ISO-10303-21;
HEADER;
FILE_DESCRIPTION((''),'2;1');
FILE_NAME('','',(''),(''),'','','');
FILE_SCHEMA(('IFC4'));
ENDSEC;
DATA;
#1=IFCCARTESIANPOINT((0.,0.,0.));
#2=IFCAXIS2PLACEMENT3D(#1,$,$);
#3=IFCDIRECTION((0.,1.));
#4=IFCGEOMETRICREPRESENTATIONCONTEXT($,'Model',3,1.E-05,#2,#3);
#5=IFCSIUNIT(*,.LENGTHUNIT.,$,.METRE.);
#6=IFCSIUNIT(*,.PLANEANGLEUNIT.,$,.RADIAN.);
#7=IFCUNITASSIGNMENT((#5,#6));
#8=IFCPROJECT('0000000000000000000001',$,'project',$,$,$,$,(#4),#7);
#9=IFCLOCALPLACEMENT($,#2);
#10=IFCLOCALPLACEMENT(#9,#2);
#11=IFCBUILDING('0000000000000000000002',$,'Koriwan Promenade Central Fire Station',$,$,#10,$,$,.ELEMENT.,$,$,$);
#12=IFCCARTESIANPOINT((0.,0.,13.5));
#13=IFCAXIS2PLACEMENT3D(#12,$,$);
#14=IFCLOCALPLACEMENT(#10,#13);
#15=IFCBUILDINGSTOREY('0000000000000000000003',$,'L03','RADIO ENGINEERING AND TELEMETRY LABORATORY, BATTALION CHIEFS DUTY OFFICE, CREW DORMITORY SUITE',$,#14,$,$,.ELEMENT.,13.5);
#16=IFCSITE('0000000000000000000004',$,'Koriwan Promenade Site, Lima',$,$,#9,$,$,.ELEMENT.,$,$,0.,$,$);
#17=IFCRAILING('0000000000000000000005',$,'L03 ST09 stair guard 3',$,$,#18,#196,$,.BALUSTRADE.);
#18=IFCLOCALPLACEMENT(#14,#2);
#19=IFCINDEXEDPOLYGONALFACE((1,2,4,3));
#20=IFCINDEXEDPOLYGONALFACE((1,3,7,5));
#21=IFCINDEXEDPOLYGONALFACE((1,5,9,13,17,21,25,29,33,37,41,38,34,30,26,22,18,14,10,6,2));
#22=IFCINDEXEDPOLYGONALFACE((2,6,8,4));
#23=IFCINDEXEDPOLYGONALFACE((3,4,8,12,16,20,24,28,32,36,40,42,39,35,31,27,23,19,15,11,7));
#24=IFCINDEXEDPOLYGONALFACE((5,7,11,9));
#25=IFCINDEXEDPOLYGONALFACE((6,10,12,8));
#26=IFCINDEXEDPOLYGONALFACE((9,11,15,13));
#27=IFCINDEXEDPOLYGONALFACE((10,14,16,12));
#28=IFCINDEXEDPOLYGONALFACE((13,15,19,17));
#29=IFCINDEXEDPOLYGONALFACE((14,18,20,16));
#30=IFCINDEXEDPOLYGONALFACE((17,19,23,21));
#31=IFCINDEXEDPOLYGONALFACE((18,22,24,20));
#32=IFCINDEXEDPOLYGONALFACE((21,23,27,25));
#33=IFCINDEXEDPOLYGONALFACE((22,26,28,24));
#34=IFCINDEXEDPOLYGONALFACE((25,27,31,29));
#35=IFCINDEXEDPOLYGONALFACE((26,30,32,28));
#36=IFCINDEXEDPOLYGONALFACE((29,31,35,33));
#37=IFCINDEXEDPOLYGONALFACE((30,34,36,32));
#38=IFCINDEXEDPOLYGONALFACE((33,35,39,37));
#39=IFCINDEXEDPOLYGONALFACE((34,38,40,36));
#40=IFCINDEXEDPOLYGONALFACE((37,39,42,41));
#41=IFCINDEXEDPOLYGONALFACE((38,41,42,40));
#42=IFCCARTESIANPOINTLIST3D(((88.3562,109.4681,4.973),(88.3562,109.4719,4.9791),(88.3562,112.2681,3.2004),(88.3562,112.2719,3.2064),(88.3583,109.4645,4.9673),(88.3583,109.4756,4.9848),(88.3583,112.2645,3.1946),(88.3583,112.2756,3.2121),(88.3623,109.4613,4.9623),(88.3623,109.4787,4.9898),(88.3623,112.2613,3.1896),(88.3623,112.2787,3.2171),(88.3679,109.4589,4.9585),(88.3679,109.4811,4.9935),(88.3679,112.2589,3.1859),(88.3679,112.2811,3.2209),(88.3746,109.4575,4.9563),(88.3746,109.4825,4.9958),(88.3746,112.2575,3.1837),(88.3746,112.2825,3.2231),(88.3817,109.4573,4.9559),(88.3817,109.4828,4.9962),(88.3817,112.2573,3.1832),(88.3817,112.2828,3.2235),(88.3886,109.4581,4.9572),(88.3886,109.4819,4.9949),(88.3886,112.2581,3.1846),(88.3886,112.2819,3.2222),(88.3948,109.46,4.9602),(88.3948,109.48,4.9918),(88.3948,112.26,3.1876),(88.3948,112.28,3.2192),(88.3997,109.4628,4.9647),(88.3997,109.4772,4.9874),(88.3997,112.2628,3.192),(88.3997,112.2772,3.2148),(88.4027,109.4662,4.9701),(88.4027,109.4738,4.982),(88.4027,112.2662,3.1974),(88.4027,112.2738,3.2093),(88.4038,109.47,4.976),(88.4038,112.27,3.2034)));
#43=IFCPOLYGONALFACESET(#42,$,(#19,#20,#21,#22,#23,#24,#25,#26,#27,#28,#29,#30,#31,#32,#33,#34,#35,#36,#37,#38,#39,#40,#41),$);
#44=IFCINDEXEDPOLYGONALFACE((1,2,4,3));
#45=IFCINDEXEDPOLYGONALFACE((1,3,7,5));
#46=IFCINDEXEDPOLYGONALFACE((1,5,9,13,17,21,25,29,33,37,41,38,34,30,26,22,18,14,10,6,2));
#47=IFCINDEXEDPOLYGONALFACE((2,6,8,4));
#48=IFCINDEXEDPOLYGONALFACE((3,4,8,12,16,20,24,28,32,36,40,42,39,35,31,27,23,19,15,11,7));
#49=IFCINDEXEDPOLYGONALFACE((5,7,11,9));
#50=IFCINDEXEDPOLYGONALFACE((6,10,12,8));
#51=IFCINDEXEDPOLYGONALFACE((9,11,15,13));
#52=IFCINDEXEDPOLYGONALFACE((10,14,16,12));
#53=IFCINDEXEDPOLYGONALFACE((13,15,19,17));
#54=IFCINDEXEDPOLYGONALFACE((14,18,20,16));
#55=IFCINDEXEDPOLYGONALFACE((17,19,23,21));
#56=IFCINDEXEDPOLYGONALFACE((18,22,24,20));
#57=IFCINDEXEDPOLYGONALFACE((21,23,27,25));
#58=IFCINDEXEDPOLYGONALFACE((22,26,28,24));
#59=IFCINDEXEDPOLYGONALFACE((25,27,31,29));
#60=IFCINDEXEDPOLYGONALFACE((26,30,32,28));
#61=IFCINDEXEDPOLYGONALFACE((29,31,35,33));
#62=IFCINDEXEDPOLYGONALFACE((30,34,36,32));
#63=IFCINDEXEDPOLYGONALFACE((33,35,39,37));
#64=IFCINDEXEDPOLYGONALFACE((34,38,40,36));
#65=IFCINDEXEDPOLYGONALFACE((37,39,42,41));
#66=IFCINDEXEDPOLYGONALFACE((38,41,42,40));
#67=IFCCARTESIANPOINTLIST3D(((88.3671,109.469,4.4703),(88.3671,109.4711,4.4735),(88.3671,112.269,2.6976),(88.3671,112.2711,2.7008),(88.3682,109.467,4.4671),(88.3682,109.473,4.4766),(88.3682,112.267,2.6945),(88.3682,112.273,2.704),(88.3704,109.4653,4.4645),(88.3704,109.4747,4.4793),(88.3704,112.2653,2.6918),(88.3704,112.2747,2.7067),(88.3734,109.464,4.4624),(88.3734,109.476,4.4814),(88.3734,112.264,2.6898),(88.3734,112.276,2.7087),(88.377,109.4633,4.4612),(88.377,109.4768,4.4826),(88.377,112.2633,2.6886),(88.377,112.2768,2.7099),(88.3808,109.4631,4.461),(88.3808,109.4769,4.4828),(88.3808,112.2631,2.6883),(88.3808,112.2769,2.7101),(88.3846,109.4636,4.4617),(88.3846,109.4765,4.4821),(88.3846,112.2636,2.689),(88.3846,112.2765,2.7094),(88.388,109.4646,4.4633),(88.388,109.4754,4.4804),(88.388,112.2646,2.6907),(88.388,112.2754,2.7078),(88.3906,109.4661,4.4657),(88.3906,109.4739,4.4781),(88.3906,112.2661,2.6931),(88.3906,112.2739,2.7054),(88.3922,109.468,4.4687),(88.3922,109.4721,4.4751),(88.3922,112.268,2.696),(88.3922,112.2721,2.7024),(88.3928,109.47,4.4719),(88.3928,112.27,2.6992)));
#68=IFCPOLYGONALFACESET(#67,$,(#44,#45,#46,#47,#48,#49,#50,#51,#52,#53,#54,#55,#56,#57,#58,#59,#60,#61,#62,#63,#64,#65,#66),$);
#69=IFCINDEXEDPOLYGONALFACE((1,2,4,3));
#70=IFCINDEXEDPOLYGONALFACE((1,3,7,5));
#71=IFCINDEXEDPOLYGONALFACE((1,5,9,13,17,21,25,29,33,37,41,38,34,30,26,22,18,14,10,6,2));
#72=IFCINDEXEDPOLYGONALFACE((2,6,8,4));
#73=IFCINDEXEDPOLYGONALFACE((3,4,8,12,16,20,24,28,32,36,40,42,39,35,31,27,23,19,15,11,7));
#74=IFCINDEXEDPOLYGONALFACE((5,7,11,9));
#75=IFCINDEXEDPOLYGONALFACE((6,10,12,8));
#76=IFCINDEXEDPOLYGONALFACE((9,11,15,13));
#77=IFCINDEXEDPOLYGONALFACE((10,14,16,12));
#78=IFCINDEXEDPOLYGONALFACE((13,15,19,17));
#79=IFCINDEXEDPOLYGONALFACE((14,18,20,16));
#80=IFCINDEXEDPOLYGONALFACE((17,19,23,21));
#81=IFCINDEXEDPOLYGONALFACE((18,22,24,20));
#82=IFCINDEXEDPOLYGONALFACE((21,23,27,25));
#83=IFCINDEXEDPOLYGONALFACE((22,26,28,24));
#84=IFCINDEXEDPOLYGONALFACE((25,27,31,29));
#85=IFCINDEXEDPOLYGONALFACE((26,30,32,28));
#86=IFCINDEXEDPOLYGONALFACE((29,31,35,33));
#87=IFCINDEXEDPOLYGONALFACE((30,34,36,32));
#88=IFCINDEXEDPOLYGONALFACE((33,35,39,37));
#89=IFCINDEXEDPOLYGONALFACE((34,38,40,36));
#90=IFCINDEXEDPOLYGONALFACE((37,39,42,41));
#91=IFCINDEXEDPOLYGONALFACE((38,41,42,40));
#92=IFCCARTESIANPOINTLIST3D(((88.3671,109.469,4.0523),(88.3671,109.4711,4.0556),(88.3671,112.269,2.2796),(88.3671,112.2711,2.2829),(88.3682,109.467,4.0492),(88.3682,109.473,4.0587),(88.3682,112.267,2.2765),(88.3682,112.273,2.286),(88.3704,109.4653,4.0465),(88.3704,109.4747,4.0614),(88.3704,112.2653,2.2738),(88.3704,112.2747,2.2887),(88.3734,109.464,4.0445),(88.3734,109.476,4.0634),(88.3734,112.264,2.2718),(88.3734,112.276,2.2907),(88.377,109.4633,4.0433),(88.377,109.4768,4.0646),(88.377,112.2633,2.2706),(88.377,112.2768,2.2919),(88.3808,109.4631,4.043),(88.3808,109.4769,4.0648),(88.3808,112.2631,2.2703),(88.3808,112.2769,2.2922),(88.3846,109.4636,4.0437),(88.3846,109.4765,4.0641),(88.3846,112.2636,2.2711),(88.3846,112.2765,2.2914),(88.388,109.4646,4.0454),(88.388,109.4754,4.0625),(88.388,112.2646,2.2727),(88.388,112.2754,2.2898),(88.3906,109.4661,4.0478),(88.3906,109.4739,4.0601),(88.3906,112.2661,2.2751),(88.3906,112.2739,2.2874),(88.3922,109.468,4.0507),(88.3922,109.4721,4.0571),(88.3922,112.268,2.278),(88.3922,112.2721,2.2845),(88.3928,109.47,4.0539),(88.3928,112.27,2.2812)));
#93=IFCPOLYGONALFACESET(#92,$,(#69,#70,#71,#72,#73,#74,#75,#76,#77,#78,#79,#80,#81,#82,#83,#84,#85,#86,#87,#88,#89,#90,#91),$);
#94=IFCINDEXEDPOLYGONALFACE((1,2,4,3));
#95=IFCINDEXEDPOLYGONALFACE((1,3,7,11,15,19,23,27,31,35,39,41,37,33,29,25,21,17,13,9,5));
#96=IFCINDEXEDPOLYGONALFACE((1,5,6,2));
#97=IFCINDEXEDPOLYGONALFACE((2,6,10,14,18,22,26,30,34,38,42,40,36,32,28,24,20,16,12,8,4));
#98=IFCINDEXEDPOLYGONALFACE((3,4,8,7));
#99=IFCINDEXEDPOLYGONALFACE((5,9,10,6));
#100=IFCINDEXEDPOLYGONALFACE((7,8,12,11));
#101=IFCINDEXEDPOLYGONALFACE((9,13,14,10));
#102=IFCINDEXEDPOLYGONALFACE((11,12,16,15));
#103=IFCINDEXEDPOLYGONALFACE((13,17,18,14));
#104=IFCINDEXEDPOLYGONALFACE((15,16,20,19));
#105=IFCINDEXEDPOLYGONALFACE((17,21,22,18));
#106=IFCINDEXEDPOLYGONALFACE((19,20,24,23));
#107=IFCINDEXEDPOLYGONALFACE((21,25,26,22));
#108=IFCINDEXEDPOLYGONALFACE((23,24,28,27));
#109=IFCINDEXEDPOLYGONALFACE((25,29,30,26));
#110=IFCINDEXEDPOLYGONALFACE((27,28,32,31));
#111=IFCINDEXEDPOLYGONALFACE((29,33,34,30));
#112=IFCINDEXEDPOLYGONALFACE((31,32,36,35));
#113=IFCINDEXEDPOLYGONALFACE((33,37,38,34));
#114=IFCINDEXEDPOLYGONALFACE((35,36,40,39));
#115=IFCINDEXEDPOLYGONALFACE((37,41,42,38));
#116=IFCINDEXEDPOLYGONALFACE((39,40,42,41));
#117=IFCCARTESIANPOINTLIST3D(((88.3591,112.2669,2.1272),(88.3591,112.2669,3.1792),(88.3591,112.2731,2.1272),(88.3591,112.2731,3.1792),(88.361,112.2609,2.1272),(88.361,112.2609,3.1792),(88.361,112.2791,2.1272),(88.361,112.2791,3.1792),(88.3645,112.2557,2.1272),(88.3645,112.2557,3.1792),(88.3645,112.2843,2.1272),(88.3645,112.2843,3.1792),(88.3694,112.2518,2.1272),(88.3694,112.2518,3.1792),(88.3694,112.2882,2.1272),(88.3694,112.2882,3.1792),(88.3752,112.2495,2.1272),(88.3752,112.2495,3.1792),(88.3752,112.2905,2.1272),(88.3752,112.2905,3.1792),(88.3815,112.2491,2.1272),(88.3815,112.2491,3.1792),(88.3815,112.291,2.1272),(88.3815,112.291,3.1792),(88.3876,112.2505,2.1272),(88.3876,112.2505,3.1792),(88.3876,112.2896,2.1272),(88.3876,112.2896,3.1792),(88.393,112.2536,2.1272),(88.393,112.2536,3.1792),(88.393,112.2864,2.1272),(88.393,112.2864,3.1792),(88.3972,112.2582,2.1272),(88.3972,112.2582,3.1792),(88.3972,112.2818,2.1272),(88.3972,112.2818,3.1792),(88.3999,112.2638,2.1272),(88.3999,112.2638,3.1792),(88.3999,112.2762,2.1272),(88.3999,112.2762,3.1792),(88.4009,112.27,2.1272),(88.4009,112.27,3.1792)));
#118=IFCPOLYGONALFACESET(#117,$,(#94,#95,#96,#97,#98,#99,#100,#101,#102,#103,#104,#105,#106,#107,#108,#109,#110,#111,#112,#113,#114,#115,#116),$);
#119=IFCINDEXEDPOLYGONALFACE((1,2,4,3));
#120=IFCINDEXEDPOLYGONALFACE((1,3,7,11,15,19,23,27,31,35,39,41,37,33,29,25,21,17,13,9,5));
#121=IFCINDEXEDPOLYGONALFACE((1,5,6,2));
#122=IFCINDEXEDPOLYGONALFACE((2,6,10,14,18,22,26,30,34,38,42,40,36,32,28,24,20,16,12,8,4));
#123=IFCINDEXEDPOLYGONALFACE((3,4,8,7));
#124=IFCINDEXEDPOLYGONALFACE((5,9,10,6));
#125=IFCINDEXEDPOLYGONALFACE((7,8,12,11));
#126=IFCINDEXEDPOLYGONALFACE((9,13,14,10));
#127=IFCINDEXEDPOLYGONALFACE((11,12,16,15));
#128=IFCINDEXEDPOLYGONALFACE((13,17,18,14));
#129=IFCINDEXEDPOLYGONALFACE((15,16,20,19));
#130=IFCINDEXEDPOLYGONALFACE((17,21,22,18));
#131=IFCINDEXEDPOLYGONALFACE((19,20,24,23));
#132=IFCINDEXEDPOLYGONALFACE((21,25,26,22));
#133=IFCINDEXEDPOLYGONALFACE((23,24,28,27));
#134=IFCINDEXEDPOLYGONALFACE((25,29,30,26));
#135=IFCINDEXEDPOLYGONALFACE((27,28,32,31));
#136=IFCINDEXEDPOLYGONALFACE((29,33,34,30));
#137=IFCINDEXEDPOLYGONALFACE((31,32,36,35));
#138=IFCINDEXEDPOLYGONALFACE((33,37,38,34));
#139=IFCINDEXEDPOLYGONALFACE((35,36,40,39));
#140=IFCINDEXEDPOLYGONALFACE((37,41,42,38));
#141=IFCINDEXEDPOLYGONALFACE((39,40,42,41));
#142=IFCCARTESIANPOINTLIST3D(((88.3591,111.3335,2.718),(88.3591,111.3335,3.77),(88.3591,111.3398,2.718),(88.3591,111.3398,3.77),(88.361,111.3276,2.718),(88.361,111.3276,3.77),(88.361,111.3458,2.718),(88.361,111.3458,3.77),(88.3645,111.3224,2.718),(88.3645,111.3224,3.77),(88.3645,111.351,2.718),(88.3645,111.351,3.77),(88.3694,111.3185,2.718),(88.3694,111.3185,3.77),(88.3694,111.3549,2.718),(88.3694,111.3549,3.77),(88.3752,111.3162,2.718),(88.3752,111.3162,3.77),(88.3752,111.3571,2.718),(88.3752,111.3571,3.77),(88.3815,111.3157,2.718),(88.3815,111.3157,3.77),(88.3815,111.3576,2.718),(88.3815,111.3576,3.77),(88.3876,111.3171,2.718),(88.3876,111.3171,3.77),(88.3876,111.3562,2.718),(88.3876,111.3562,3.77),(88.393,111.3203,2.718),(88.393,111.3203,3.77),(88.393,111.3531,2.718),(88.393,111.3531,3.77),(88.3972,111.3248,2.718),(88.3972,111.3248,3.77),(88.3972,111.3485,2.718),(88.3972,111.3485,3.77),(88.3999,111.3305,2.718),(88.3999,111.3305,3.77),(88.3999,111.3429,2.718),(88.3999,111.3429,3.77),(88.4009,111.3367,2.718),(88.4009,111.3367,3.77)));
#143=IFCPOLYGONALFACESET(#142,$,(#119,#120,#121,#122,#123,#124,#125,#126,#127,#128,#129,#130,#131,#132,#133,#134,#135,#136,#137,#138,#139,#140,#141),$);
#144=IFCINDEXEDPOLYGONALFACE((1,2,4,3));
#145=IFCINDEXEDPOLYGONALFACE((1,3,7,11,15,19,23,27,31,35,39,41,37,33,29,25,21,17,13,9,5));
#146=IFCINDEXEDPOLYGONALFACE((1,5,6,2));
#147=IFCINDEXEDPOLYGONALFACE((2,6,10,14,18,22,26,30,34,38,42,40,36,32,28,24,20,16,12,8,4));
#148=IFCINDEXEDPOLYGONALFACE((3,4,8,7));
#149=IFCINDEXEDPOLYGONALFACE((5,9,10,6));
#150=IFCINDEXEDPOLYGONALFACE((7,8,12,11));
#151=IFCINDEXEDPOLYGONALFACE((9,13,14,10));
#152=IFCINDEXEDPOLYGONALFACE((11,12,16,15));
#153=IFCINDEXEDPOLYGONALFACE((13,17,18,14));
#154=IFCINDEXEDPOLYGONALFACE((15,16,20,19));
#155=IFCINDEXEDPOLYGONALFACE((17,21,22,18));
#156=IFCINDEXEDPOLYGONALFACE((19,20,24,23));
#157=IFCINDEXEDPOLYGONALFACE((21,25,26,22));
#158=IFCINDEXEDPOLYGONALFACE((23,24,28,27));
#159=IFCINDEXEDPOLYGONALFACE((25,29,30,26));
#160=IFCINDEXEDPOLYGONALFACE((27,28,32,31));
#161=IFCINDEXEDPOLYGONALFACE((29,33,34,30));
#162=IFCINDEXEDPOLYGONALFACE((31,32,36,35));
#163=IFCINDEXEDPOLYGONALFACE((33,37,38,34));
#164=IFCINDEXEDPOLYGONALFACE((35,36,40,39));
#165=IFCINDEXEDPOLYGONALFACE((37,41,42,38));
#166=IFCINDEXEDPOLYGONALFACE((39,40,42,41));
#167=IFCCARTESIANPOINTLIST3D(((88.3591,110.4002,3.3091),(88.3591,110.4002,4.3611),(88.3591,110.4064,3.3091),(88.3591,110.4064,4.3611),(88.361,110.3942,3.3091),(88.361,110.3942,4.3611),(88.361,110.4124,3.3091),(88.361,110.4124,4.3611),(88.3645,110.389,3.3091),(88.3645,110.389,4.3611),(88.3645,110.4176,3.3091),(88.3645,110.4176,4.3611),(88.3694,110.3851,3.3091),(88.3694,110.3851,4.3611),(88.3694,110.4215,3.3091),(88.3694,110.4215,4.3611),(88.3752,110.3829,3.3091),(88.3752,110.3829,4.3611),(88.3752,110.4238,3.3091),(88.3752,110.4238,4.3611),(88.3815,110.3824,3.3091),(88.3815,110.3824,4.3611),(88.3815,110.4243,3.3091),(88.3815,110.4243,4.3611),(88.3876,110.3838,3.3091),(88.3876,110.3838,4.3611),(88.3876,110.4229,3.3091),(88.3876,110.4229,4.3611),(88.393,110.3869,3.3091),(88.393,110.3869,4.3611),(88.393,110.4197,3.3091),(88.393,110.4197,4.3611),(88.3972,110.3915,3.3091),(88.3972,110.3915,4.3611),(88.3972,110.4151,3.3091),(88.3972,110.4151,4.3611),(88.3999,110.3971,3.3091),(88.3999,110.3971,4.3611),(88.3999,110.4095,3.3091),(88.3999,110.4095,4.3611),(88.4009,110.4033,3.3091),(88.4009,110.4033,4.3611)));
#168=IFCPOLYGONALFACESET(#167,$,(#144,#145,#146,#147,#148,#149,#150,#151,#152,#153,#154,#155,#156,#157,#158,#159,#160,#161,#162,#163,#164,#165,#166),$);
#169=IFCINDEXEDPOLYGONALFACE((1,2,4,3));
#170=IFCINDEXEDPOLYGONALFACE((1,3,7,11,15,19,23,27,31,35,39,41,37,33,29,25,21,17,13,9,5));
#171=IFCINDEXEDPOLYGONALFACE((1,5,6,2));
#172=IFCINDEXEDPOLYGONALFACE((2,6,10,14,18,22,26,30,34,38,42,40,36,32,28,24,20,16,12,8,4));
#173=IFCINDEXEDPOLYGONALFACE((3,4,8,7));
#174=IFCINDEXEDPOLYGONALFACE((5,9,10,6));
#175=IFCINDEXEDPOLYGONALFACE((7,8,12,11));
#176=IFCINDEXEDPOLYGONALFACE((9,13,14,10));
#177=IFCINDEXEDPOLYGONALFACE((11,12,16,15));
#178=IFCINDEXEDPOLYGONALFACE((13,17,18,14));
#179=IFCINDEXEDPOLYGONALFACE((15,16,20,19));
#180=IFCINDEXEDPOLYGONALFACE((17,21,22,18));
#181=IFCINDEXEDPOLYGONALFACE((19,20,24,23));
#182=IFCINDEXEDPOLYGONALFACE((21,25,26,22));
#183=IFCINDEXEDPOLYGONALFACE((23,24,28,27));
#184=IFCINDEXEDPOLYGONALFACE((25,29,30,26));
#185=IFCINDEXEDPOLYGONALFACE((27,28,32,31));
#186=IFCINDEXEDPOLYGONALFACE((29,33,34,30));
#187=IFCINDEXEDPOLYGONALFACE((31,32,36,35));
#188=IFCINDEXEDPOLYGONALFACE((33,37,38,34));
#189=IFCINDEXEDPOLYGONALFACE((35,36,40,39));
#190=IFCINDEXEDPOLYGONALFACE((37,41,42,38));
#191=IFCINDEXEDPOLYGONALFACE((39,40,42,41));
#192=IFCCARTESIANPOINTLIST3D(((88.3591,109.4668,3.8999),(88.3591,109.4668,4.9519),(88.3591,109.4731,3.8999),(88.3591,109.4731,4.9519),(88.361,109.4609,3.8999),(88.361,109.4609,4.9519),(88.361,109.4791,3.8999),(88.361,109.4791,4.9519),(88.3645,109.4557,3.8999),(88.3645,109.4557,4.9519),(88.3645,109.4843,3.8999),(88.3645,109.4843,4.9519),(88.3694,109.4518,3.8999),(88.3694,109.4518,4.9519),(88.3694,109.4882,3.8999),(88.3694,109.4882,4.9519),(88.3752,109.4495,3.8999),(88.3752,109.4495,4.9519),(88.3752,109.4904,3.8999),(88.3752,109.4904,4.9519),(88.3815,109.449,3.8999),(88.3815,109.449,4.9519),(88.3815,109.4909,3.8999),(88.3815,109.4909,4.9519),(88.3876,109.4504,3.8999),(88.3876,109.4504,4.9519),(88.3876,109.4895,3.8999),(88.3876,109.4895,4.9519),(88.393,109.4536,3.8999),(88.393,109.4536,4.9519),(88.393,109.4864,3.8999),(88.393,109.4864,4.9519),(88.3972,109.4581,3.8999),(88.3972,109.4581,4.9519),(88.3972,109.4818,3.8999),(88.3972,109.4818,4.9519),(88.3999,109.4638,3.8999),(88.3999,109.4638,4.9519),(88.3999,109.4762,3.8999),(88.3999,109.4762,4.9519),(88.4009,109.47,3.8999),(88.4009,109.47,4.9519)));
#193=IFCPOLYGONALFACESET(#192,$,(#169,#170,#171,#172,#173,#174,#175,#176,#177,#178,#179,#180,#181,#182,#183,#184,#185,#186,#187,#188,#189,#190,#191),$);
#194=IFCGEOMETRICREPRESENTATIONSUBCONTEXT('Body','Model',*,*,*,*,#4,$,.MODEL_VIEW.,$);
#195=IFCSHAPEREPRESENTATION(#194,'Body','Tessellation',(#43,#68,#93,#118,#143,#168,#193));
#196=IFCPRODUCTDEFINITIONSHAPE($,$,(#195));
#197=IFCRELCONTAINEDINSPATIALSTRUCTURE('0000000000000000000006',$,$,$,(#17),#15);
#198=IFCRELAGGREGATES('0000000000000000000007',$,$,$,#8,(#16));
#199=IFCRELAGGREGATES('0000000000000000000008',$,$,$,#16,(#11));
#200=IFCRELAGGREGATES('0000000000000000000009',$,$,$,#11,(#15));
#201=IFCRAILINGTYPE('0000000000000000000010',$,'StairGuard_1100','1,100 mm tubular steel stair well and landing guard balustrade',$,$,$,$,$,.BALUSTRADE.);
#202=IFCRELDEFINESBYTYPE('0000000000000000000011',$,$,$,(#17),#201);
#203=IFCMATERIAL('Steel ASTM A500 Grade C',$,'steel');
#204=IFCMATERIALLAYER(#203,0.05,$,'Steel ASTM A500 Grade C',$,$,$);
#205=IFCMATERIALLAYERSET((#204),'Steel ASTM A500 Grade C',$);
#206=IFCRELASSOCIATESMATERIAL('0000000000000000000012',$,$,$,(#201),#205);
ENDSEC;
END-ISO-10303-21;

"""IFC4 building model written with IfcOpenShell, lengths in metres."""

from ifc_helpers import new_model, si_unit, direction, frame, origin, origin_2d, place, context, subcontext, project, spatial, circle, extrude, material, layer, layer_set, type_object, element, save


model = new_model("IFC4")

# Units and contexts
model_context = context("Model", 3, precision=1e-05, world=origin(), true_north=direction((0.0, 1.0)))
body_context = subcontext(model_context, "Body", "Model", "MODEL_VIEW")
ifc_project = project(units=[si_unit("LENGTHUNIT", "METRE"), si_unit("PLANEANGLEUNIT", "RADIAN")], contexts=[model_context])

# Site, building, storey
site_placement = place(None, origin())
site = spatial("IfcSite", under=ifc_project, at=site_placement, Name="Koriwan Promenade Site, Lima", CompositionType="ELEMENT", RefElevation=0.0)
building_placement = place(site_placement, origin())
building = spatial("IfcBuilding", under=site, at=building_placement, Name="Koriwan Promenade Central Fire Station", CompositionType="ELEMENT")
storey_placement = place(building_placement, frame((0.0, 0.0, 13.5)))
storey = spatial("IfcBuildingStorey", under=building, at=storey_placement, Name="L03", Description="RADIO ENGINEERING AND TELEMETRY LABORATORY, BATTALION CHIEFS DUTY OFFICE, CREW DORMITORY SUITE", CompositionType="ELEMENT", Elevation=13.5)

# Railing
ifc_material_1 = material(Name="Steel ASTM A500 Grade C", Category="steel")
ifc_layer_1 = layer(ifc_material_1, 0.05, Name="Steel ASTM A500 Grade C")
ifc_layer_set_1 = layer_set([ifc_layer_1], Name="Steel ASTM A500 Grade C")
railing_type_1 = type_object("IfcRailingType", Name="StairGuard_1100", Description="1,100 mm tubular steel stair well and landing guard balustrade", PredefinedType="BALUSTRADE", material=ifc_layer_set_1)
railing_1_placement = place(storey_placement, frame((88.3799, 112.27, 2.1272)))
element("IfcRailing", 1, at=railing_1_placement, inside=storey, type_object=railing_type_1, Name="L03 ST09 stair guard 3", PredefinedType="BALUSTRADE", context=body_context, shape_type="SweptSolid", body=[
    extrude(circle(Radius=0.0239, at=origin_2d()), frame((0.0, 0.0, 1.0762), z_axis=(0.0, -0.844909, 0.53491), x_axis=(1.0, 0.0, 0.0)), (0.0, 0.0, 1.0), 3.314),
    extrude(circle(Radius=0.0129, at=origin_2d()), frame((0.0, 0.0, 0.572), z_axis=(0.0, -0.844909, 0.53491), x_axis=(1.0, 0.0, 0.0)), (0.0, 0.0, 1.0), 3.314),
    extrude(circle(Radius=0.0129, at=origin_2d()), frame((0.0, 0.0, 0.1541), z_axis=(0.0, -0.844909, 0.53491), x_axis=(1.0, 0.0, 0.0)), (0.0, 0.0, 1.0), 3.314),
    extrude(circle(Radius=0.021, at=origin_2d()), origin(), (0.0, 0.0, 1.0), 1.052),
    extrude(circle(Radius=0.021, at=origin_2d()), frame((0.0, -0.9333, 0.5908)), (0.0, 0.0, 1.0), 1.052),
    extrude(circle(Radius=0.021, at=origin_2d()), frame((0.0, -1.8667, 1.1819)), (0.0, 0.0, 1.0), 1.052),
    extrude(circle(Radius=0.021, at=origin_2d()), frame((0.0, -2.8, 1.7727)), (0.0, 0.0, 1.0), 1.052),
])

save(model, "model.ifc")
